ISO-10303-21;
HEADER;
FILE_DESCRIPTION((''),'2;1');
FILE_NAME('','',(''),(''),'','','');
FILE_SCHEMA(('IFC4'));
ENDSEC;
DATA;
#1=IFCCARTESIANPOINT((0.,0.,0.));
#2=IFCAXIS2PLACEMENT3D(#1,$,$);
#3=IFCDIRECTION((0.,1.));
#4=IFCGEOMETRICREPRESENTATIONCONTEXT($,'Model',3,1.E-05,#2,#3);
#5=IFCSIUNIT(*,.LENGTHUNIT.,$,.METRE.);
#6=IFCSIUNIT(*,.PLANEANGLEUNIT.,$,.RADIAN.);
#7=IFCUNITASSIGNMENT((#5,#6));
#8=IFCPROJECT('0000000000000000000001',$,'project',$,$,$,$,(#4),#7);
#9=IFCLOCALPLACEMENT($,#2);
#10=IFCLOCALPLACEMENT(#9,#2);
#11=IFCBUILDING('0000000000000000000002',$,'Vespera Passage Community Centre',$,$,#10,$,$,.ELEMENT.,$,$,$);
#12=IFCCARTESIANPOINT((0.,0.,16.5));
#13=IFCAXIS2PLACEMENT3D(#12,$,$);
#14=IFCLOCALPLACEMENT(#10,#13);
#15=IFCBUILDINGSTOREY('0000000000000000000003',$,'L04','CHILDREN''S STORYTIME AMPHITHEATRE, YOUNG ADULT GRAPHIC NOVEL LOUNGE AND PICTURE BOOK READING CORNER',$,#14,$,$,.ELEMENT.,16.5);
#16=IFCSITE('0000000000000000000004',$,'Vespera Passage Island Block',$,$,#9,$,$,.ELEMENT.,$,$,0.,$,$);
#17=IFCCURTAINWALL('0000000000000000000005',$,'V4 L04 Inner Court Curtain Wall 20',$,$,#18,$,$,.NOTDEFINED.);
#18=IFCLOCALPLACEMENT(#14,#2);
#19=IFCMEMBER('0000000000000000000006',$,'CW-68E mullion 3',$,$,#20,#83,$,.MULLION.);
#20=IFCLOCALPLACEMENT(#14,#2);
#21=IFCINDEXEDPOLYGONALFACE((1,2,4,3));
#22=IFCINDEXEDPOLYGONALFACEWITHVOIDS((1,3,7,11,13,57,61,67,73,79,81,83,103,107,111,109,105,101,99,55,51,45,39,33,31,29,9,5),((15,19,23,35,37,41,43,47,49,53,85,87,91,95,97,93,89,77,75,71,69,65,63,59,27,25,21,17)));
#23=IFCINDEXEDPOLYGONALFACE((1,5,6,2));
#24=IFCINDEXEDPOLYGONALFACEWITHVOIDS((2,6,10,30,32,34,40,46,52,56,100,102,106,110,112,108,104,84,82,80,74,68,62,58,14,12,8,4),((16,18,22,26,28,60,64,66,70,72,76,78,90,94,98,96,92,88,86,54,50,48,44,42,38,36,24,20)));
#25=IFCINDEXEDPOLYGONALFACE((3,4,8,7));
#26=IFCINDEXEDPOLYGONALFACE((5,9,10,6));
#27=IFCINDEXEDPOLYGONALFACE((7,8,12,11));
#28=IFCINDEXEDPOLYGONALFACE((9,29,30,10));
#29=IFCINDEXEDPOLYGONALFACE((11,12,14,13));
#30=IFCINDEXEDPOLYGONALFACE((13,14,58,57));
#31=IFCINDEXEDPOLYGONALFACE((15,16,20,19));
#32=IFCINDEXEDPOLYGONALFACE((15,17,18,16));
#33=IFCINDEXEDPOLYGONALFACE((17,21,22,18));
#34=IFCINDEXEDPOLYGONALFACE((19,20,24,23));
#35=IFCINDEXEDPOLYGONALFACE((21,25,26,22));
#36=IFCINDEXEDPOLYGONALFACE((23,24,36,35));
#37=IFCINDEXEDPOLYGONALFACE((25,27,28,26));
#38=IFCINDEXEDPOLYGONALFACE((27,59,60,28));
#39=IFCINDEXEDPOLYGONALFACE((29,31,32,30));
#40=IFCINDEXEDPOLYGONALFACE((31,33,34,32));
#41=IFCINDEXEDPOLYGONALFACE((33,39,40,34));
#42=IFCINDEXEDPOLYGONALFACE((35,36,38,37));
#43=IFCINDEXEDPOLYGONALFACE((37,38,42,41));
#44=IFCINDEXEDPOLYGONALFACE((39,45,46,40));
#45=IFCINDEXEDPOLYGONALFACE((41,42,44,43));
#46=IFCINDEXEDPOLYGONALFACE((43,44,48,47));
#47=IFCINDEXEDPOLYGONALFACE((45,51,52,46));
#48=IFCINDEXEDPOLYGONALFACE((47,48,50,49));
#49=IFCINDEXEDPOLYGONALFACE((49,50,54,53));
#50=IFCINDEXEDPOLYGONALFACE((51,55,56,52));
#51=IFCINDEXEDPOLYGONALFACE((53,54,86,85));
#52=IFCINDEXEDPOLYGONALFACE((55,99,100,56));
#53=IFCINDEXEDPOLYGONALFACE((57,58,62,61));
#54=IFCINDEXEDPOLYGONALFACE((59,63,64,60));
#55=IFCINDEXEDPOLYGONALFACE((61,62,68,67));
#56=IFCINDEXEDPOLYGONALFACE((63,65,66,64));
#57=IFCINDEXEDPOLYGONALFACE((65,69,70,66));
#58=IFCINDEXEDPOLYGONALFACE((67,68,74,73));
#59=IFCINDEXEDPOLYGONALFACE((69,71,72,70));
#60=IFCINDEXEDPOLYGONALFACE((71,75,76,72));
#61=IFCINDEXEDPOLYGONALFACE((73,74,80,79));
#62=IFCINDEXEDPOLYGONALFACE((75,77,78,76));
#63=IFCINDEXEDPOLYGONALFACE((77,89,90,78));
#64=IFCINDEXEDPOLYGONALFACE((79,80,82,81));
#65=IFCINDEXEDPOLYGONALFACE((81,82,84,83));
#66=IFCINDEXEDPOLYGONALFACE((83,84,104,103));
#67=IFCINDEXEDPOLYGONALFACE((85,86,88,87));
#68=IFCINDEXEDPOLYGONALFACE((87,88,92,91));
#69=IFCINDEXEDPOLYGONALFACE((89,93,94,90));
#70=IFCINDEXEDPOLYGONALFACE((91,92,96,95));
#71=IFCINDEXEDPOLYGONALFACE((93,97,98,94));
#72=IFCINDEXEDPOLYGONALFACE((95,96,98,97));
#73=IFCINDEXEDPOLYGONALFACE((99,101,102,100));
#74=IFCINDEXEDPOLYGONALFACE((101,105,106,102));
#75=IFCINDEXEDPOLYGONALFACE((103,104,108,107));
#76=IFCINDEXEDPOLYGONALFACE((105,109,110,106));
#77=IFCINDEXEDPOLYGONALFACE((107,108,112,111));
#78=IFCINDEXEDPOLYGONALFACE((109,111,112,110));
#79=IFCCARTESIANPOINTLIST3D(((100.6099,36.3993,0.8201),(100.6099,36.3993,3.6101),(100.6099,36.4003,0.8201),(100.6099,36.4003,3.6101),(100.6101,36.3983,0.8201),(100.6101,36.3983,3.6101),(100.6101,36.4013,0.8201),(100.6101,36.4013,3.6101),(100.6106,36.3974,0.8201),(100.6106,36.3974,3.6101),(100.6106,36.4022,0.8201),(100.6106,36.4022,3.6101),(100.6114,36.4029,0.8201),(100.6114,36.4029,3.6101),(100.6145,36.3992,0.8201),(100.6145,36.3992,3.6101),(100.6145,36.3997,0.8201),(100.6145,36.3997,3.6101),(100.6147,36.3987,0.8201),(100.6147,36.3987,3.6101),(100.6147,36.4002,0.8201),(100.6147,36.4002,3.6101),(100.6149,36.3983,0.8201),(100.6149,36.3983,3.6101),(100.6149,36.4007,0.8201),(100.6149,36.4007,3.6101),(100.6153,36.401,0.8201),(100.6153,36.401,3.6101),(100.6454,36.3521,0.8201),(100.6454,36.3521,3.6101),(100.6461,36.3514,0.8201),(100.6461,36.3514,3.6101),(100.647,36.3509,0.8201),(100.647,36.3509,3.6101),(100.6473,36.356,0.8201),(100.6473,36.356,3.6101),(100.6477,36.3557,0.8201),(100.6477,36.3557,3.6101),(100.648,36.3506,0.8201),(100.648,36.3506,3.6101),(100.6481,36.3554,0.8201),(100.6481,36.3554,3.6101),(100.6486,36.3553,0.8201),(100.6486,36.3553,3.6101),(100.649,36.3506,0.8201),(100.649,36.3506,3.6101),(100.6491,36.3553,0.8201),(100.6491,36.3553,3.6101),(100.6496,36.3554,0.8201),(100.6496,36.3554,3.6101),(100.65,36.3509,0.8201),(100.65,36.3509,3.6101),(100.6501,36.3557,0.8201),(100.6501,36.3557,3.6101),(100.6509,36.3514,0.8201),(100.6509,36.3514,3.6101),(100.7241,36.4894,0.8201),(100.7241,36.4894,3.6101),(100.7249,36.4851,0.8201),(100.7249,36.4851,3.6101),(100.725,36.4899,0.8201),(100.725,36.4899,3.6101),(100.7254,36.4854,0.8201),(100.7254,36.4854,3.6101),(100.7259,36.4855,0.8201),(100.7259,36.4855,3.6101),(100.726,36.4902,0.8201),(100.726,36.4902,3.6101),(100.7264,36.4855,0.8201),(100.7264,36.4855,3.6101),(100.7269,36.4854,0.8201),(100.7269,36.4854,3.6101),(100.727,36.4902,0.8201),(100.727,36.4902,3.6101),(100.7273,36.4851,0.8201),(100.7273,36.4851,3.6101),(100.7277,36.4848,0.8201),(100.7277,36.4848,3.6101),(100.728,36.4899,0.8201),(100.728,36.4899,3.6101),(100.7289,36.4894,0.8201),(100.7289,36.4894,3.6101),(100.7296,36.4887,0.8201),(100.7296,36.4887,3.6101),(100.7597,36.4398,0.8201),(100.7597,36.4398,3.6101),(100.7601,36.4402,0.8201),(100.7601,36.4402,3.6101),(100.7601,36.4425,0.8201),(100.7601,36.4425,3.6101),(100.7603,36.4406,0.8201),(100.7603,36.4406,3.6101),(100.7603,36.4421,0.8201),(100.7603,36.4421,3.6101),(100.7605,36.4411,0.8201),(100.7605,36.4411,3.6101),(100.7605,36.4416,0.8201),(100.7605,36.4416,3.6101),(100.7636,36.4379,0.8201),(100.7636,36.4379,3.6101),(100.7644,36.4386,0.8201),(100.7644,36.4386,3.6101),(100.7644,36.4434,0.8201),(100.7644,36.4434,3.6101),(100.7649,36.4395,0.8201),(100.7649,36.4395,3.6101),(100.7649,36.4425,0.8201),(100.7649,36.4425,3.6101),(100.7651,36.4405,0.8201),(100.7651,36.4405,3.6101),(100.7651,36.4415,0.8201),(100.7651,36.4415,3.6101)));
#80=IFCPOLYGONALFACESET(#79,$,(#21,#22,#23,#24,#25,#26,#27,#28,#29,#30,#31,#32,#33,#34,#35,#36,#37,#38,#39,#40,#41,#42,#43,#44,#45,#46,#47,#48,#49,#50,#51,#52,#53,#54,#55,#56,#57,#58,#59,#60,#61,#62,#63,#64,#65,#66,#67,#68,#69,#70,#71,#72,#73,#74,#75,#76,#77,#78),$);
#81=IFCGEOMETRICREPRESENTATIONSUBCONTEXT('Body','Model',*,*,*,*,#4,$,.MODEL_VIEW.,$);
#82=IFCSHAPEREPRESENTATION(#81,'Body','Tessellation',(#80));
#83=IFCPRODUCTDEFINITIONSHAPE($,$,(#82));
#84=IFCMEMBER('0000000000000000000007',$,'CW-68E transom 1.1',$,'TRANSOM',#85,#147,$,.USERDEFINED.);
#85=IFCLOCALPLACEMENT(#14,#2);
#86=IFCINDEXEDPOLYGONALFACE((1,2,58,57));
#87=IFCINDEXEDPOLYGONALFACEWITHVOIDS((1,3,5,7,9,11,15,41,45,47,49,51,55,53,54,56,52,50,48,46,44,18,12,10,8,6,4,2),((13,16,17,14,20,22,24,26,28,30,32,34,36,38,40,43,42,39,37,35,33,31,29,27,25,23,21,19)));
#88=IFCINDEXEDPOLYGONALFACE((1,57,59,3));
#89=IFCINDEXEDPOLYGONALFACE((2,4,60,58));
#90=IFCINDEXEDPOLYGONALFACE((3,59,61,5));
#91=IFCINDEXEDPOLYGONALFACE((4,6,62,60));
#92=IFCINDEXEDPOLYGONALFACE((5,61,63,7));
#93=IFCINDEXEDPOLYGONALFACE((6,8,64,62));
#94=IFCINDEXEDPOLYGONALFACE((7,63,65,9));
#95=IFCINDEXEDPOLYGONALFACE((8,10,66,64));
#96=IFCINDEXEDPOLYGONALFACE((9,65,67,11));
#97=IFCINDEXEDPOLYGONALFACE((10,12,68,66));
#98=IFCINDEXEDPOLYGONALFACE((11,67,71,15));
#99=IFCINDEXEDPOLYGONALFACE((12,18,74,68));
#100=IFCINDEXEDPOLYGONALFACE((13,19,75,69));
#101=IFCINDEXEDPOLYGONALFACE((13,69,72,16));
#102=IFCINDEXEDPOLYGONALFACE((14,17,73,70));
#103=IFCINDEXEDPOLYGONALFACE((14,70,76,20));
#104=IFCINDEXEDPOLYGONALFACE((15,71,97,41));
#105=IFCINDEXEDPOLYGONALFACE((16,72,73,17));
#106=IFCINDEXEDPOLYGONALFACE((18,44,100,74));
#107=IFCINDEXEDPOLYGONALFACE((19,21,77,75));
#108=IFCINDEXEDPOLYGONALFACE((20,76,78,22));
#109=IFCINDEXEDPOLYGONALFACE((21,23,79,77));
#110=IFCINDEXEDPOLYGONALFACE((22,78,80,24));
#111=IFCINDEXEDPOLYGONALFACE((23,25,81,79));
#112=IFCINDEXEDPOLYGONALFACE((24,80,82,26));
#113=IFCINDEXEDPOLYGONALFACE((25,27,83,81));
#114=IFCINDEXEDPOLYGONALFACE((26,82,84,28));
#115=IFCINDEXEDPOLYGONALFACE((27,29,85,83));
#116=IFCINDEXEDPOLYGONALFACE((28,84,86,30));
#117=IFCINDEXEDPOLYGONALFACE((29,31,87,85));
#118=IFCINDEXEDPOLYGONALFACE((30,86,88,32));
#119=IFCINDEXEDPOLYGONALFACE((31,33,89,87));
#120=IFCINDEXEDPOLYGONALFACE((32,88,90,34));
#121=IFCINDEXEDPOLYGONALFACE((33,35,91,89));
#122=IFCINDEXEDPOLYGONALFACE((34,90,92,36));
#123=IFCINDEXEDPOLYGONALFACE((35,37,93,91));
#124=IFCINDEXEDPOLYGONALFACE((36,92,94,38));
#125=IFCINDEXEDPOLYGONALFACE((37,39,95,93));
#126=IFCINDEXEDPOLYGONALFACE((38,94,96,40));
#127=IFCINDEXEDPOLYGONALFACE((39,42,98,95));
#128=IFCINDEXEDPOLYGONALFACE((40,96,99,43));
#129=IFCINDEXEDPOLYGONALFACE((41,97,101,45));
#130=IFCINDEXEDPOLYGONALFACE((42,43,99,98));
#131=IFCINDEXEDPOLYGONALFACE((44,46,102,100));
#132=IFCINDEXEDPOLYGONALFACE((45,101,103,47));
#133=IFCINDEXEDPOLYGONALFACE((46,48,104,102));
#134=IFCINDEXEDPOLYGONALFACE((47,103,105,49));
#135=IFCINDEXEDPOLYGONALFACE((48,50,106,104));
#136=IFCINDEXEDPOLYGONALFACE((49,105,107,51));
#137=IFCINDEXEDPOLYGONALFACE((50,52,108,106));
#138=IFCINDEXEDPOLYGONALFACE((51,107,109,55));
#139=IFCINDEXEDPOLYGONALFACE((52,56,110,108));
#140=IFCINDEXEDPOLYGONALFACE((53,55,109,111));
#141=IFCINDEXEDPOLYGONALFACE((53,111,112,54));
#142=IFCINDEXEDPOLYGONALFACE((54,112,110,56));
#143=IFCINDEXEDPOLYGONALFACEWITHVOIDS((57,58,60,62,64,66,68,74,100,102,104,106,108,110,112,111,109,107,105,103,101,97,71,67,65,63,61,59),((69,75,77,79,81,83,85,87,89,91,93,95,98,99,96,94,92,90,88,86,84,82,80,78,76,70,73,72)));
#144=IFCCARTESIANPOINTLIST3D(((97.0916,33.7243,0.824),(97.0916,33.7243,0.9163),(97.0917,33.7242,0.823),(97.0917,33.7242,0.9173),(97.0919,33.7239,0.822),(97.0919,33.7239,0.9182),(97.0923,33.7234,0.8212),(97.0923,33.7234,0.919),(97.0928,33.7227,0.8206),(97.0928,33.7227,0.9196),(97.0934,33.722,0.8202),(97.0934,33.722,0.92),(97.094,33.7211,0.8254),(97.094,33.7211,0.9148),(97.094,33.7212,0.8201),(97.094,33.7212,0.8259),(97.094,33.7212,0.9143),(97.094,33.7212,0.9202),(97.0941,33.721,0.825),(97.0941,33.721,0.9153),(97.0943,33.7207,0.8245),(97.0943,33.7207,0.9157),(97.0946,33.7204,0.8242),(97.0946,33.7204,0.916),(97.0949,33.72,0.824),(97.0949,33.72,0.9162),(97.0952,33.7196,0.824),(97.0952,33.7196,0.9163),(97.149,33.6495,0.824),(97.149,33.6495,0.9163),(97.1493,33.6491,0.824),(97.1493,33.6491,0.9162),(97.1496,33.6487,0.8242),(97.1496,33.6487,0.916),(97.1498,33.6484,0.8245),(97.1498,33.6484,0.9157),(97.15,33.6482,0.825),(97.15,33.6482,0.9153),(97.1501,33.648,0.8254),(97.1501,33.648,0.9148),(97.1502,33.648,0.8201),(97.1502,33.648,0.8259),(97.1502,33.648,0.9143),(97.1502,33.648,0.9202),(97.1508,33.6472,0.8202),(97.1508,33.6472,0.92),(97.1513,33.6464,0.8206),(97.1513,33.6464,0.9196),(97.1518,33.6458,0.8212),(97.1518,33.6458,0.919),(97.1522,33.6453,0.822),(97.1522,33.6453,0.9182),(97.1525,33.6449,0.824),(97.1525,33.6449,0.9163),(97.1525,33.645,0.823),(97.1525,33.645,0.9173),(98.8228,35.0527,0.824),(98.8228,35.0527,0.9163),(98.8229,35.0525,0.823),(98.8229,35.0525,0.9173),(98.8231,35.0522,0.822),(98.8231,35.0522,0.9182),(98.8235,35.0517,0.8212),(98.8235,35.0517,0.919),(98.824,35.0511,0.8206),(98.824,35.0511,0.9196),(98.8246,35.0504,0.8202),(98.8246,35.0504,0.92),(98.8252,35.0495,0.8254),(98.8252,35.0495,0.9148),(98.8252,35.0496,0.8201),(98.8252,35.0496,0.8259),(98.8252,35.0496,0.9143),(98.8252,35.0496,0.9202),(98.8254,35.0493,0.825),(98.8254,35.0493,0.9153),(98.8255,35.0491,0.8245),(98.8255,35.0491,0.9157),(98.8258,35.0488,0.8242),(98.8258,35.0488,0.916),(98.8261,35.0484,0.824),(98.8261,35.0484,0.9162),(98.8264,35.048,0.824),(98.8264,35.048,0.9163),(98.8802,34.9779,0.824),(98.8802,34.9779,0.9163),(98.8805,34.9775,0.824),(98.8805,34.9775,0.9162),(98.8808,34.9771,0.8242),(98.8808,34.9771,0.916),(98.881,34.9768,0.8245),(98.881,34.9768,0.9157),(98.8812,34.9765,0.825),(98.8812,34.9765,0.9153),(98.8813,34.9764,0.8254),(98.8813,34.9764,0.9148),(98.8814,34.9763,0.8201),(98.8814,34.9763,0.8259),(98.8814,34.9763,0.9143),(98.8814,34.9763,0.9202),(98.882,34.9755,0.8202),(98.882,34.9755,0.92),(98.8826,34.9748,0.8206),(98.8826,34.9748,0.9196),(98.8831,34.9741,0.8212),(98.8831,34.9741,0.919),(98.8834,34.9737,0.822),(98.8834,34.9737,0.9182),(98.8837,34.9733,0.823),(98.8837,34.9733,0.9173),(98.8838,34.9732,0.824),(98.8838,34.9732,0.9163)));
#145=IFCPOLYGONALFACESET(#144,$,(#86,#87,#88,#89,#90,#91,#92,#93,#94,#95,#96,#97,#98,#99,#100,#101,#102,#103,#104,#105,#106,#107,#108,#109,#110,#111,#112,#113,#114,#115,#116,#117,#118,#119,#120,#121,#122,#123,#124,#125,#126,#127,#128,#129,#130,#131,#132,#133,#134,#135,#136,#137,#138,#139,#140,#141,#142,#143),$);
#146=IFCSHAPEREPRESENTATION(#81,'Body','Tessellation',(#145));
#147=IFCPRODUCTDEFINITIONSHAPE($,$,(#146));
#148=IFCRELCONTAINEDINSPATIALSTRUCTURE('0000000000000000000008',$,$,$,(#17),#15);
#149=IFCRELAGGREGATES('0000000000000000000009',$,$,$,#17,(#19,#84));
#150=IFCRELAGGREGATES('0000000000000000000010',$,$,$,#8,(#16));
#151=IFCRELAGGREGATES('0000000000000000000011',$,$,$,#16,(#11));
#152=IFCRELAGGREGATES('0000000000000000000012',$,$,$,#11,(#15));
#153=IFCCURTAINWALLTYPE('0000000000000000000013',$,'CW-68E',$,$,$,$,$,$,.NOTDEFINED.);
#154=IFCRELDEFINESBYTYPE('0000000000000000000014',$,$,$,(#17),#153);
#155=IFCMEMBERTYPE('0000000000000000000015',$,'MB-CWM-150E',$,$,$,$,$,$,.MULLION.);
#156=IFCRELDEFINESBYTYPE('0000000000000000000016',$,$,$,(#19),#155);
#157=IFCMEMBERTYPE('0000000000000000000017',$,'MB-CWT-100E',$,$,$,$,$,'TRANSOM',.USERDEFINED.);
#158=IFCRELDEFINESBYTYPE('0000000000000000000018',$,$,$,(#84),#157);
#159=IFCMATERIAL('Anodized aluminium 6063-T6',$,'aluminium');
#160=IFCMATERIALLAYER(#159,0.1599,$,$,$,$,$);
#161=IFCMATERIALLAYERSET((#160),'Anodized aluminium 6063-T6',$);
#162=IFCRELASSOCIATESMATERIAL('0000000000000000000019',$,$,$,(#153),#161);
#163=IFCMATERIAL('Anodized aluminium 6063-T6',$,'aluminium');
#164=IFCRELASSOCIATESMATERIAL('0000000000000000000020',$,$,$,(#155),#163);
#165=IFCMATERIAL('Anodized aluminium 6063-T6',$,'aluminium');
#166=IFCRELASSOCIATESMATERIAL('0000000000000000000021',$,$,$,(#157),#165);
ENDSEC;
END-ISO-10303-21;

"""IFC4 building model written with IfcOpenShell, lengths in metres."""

from ifc_helpers import new_model, si_unit, direction, frame, origin, origin_2d, place, context, subcontext, project, spatial, hollow_rectangle, extrude, material, layer, layer_set, material_profile, profile_set, type_object, element, aggregate, save


model = new_model("IFC4")

# Units and contexts
model_context = context("Model", 3, precision=1e-05, world=origin(), true_north=direction((0.0, 1.0)))
body_context = subcontext(model_context, "Body", "Model", "MODEL_VIEW")
ifc_project = project(units=[si_unit("LENGTHUNIT", "METRE"), si_unit("PLANEANGLEUNIT", "RADIAN")], contexts=[model_context])

# Site, building, storey
site_placement = place(None, origin())
site = spatial("IfcSite", under=ifc_project, at=site_placement, Name="Vespera Passage Island Block", CompositionType="ELEMENT", RefElevation=0.0)
building_placement = place(site_placement, origin())
building = spatial("IfcBuilding", under=site, at=building_placement, Name="Vespera Passage Community Centre", CompositionType="ELEMENT")
storey_placement = place(building_placement, frame((0.0, 0.0, 16.5)))
storey = spatial("IfcBuildingStorey", under=building, at=storey_placement, Name="L04", Description="CHILDREN'S STORYTIME AMPHITHEATRE, YOUNG ADULT GRAPHIC NOVEL LOUNGE AND PICTURE BOOK READING CORNER", CompositionType="ELEMENT", Elevation=16.5)

# Curtain wall, members
ifc_material_1 = material(Name="Anodized aluminium 6063-T6", Category="aluminium")
ifc_layer_1 = layer(ifc_material_1, 0.1599)
ifc_layer_set_1 = layer_set([ifc_layer_1], Name="Anodized aluminium 6063-T6")
curtain_wall_type = type_object("IfcCurtainWallType", Name="CW-68E", PredefinedType="NOTDEFINED", material=ifc_layer_set_1)
curtain_wall_placement = place(storey_placement, origin())
curtain_wall = element("IfcCurtainWall", 1, at=curtain_wall_placement, inside=storey, type_object=curtain_wall_type, Name="V4 L04 Inner Court Curtain Wall 20", PredefinedType="NOTDEFINED")
ifc_material_2 = material(Name="Anodized aluminium 6063-T6", Category="aluminium")
ifc_material_profile_1 = material_profile(ifc_material_2, hollow_rectangle(XDim=0.0649, YDim=0.1499, WallThickness=0.0039, InnerFilletRadius=0.002, OuterFilletRadius=0.0039, at=origin_2d()), Name="ALU150X65X4")
ifc_profile_set_1 = profile_set([ifc_material_profile_1], Name="Anodized aluminium 6063-T6")
member_type_1 = type_object("IfcMemberType", Name="MB-CWM-150E", PredefinedType="MULLION", material=ifc_profile_set_1)
member_1_placement = place(storey_placement, frame((100.6875, 36.4204, 0.8201), z_axis=(0.0, 0.0, 1.0), x_axis=(-0.608755, 0.793358, 0.0)))
member_1 = element("IfcMember", 2, at=member_1_placement, type_object=member_type_1, Name="CW-68E mullion 3", PredefinedType="MULLION", context=body_context, shape_type="SweptSolid", body=[
    extrude(hollow_rectangle(XDim=0.0649, YDim=0.1499, WallThickness=0.0039, InnerFilletRadius=0.002, OuterFilletRadius=0.0039, at=origin_2d()), origin(), (0.0, 0.0, 1.0), 2.79),
])
ifc_material_3 = material(Name="Anodized aluminium 6063-T6", Category="aluminium")
ifc_material_profile_2 = material_profile(ifc_material_3, hollow_rectangle(XDim=0.1001, YDim=0.1001, WallThickness=0.0039, InnerFilletRadius=0.002, OuterFilletRadius=0.0039, at=origin_2d()), Name="ALU100X100X4")
ifc_profile_set_2 = profile_set([ifc_material_profile_2], Name="Anodized aluminium 6063-T6")
member_type_2 = type_object("IfcMemberType", Name="MB-CWT-100E", ElementType="TRANSOM", PredefinedType="USERDEFINED", material=ifc_profile_set_2)
member_2_placement = place(storey_placement, frame((97.1221, 33.6846, 0.8701), z_axis=(0.79336, 0.608753, 0.0), x_axis=(-0.608753, 0.79336, 0.0)))
member_2 = element("IfcMember", 3, at=member_2_placement, type_object=member_type_2, Name="CW-68E transom 1.1", ObjectType="TRANSOM", PredefinedType="USERDEFINED", context=body_context, shape_type="SweptSolid", body=[
    extrude(hollow_rectangle(XDim=0.1001, YDim=0.1001, WallThickness=0.0039, InnerFilletRadius=0.002, OuterFilletRadius=0.0039, at=origin_2d()), origin(), (0.0, 0.0, 1.0), 2.1821),
])
aggregate(curtain_wall, [member_1, member_2])

save(model, "model.ifc")
